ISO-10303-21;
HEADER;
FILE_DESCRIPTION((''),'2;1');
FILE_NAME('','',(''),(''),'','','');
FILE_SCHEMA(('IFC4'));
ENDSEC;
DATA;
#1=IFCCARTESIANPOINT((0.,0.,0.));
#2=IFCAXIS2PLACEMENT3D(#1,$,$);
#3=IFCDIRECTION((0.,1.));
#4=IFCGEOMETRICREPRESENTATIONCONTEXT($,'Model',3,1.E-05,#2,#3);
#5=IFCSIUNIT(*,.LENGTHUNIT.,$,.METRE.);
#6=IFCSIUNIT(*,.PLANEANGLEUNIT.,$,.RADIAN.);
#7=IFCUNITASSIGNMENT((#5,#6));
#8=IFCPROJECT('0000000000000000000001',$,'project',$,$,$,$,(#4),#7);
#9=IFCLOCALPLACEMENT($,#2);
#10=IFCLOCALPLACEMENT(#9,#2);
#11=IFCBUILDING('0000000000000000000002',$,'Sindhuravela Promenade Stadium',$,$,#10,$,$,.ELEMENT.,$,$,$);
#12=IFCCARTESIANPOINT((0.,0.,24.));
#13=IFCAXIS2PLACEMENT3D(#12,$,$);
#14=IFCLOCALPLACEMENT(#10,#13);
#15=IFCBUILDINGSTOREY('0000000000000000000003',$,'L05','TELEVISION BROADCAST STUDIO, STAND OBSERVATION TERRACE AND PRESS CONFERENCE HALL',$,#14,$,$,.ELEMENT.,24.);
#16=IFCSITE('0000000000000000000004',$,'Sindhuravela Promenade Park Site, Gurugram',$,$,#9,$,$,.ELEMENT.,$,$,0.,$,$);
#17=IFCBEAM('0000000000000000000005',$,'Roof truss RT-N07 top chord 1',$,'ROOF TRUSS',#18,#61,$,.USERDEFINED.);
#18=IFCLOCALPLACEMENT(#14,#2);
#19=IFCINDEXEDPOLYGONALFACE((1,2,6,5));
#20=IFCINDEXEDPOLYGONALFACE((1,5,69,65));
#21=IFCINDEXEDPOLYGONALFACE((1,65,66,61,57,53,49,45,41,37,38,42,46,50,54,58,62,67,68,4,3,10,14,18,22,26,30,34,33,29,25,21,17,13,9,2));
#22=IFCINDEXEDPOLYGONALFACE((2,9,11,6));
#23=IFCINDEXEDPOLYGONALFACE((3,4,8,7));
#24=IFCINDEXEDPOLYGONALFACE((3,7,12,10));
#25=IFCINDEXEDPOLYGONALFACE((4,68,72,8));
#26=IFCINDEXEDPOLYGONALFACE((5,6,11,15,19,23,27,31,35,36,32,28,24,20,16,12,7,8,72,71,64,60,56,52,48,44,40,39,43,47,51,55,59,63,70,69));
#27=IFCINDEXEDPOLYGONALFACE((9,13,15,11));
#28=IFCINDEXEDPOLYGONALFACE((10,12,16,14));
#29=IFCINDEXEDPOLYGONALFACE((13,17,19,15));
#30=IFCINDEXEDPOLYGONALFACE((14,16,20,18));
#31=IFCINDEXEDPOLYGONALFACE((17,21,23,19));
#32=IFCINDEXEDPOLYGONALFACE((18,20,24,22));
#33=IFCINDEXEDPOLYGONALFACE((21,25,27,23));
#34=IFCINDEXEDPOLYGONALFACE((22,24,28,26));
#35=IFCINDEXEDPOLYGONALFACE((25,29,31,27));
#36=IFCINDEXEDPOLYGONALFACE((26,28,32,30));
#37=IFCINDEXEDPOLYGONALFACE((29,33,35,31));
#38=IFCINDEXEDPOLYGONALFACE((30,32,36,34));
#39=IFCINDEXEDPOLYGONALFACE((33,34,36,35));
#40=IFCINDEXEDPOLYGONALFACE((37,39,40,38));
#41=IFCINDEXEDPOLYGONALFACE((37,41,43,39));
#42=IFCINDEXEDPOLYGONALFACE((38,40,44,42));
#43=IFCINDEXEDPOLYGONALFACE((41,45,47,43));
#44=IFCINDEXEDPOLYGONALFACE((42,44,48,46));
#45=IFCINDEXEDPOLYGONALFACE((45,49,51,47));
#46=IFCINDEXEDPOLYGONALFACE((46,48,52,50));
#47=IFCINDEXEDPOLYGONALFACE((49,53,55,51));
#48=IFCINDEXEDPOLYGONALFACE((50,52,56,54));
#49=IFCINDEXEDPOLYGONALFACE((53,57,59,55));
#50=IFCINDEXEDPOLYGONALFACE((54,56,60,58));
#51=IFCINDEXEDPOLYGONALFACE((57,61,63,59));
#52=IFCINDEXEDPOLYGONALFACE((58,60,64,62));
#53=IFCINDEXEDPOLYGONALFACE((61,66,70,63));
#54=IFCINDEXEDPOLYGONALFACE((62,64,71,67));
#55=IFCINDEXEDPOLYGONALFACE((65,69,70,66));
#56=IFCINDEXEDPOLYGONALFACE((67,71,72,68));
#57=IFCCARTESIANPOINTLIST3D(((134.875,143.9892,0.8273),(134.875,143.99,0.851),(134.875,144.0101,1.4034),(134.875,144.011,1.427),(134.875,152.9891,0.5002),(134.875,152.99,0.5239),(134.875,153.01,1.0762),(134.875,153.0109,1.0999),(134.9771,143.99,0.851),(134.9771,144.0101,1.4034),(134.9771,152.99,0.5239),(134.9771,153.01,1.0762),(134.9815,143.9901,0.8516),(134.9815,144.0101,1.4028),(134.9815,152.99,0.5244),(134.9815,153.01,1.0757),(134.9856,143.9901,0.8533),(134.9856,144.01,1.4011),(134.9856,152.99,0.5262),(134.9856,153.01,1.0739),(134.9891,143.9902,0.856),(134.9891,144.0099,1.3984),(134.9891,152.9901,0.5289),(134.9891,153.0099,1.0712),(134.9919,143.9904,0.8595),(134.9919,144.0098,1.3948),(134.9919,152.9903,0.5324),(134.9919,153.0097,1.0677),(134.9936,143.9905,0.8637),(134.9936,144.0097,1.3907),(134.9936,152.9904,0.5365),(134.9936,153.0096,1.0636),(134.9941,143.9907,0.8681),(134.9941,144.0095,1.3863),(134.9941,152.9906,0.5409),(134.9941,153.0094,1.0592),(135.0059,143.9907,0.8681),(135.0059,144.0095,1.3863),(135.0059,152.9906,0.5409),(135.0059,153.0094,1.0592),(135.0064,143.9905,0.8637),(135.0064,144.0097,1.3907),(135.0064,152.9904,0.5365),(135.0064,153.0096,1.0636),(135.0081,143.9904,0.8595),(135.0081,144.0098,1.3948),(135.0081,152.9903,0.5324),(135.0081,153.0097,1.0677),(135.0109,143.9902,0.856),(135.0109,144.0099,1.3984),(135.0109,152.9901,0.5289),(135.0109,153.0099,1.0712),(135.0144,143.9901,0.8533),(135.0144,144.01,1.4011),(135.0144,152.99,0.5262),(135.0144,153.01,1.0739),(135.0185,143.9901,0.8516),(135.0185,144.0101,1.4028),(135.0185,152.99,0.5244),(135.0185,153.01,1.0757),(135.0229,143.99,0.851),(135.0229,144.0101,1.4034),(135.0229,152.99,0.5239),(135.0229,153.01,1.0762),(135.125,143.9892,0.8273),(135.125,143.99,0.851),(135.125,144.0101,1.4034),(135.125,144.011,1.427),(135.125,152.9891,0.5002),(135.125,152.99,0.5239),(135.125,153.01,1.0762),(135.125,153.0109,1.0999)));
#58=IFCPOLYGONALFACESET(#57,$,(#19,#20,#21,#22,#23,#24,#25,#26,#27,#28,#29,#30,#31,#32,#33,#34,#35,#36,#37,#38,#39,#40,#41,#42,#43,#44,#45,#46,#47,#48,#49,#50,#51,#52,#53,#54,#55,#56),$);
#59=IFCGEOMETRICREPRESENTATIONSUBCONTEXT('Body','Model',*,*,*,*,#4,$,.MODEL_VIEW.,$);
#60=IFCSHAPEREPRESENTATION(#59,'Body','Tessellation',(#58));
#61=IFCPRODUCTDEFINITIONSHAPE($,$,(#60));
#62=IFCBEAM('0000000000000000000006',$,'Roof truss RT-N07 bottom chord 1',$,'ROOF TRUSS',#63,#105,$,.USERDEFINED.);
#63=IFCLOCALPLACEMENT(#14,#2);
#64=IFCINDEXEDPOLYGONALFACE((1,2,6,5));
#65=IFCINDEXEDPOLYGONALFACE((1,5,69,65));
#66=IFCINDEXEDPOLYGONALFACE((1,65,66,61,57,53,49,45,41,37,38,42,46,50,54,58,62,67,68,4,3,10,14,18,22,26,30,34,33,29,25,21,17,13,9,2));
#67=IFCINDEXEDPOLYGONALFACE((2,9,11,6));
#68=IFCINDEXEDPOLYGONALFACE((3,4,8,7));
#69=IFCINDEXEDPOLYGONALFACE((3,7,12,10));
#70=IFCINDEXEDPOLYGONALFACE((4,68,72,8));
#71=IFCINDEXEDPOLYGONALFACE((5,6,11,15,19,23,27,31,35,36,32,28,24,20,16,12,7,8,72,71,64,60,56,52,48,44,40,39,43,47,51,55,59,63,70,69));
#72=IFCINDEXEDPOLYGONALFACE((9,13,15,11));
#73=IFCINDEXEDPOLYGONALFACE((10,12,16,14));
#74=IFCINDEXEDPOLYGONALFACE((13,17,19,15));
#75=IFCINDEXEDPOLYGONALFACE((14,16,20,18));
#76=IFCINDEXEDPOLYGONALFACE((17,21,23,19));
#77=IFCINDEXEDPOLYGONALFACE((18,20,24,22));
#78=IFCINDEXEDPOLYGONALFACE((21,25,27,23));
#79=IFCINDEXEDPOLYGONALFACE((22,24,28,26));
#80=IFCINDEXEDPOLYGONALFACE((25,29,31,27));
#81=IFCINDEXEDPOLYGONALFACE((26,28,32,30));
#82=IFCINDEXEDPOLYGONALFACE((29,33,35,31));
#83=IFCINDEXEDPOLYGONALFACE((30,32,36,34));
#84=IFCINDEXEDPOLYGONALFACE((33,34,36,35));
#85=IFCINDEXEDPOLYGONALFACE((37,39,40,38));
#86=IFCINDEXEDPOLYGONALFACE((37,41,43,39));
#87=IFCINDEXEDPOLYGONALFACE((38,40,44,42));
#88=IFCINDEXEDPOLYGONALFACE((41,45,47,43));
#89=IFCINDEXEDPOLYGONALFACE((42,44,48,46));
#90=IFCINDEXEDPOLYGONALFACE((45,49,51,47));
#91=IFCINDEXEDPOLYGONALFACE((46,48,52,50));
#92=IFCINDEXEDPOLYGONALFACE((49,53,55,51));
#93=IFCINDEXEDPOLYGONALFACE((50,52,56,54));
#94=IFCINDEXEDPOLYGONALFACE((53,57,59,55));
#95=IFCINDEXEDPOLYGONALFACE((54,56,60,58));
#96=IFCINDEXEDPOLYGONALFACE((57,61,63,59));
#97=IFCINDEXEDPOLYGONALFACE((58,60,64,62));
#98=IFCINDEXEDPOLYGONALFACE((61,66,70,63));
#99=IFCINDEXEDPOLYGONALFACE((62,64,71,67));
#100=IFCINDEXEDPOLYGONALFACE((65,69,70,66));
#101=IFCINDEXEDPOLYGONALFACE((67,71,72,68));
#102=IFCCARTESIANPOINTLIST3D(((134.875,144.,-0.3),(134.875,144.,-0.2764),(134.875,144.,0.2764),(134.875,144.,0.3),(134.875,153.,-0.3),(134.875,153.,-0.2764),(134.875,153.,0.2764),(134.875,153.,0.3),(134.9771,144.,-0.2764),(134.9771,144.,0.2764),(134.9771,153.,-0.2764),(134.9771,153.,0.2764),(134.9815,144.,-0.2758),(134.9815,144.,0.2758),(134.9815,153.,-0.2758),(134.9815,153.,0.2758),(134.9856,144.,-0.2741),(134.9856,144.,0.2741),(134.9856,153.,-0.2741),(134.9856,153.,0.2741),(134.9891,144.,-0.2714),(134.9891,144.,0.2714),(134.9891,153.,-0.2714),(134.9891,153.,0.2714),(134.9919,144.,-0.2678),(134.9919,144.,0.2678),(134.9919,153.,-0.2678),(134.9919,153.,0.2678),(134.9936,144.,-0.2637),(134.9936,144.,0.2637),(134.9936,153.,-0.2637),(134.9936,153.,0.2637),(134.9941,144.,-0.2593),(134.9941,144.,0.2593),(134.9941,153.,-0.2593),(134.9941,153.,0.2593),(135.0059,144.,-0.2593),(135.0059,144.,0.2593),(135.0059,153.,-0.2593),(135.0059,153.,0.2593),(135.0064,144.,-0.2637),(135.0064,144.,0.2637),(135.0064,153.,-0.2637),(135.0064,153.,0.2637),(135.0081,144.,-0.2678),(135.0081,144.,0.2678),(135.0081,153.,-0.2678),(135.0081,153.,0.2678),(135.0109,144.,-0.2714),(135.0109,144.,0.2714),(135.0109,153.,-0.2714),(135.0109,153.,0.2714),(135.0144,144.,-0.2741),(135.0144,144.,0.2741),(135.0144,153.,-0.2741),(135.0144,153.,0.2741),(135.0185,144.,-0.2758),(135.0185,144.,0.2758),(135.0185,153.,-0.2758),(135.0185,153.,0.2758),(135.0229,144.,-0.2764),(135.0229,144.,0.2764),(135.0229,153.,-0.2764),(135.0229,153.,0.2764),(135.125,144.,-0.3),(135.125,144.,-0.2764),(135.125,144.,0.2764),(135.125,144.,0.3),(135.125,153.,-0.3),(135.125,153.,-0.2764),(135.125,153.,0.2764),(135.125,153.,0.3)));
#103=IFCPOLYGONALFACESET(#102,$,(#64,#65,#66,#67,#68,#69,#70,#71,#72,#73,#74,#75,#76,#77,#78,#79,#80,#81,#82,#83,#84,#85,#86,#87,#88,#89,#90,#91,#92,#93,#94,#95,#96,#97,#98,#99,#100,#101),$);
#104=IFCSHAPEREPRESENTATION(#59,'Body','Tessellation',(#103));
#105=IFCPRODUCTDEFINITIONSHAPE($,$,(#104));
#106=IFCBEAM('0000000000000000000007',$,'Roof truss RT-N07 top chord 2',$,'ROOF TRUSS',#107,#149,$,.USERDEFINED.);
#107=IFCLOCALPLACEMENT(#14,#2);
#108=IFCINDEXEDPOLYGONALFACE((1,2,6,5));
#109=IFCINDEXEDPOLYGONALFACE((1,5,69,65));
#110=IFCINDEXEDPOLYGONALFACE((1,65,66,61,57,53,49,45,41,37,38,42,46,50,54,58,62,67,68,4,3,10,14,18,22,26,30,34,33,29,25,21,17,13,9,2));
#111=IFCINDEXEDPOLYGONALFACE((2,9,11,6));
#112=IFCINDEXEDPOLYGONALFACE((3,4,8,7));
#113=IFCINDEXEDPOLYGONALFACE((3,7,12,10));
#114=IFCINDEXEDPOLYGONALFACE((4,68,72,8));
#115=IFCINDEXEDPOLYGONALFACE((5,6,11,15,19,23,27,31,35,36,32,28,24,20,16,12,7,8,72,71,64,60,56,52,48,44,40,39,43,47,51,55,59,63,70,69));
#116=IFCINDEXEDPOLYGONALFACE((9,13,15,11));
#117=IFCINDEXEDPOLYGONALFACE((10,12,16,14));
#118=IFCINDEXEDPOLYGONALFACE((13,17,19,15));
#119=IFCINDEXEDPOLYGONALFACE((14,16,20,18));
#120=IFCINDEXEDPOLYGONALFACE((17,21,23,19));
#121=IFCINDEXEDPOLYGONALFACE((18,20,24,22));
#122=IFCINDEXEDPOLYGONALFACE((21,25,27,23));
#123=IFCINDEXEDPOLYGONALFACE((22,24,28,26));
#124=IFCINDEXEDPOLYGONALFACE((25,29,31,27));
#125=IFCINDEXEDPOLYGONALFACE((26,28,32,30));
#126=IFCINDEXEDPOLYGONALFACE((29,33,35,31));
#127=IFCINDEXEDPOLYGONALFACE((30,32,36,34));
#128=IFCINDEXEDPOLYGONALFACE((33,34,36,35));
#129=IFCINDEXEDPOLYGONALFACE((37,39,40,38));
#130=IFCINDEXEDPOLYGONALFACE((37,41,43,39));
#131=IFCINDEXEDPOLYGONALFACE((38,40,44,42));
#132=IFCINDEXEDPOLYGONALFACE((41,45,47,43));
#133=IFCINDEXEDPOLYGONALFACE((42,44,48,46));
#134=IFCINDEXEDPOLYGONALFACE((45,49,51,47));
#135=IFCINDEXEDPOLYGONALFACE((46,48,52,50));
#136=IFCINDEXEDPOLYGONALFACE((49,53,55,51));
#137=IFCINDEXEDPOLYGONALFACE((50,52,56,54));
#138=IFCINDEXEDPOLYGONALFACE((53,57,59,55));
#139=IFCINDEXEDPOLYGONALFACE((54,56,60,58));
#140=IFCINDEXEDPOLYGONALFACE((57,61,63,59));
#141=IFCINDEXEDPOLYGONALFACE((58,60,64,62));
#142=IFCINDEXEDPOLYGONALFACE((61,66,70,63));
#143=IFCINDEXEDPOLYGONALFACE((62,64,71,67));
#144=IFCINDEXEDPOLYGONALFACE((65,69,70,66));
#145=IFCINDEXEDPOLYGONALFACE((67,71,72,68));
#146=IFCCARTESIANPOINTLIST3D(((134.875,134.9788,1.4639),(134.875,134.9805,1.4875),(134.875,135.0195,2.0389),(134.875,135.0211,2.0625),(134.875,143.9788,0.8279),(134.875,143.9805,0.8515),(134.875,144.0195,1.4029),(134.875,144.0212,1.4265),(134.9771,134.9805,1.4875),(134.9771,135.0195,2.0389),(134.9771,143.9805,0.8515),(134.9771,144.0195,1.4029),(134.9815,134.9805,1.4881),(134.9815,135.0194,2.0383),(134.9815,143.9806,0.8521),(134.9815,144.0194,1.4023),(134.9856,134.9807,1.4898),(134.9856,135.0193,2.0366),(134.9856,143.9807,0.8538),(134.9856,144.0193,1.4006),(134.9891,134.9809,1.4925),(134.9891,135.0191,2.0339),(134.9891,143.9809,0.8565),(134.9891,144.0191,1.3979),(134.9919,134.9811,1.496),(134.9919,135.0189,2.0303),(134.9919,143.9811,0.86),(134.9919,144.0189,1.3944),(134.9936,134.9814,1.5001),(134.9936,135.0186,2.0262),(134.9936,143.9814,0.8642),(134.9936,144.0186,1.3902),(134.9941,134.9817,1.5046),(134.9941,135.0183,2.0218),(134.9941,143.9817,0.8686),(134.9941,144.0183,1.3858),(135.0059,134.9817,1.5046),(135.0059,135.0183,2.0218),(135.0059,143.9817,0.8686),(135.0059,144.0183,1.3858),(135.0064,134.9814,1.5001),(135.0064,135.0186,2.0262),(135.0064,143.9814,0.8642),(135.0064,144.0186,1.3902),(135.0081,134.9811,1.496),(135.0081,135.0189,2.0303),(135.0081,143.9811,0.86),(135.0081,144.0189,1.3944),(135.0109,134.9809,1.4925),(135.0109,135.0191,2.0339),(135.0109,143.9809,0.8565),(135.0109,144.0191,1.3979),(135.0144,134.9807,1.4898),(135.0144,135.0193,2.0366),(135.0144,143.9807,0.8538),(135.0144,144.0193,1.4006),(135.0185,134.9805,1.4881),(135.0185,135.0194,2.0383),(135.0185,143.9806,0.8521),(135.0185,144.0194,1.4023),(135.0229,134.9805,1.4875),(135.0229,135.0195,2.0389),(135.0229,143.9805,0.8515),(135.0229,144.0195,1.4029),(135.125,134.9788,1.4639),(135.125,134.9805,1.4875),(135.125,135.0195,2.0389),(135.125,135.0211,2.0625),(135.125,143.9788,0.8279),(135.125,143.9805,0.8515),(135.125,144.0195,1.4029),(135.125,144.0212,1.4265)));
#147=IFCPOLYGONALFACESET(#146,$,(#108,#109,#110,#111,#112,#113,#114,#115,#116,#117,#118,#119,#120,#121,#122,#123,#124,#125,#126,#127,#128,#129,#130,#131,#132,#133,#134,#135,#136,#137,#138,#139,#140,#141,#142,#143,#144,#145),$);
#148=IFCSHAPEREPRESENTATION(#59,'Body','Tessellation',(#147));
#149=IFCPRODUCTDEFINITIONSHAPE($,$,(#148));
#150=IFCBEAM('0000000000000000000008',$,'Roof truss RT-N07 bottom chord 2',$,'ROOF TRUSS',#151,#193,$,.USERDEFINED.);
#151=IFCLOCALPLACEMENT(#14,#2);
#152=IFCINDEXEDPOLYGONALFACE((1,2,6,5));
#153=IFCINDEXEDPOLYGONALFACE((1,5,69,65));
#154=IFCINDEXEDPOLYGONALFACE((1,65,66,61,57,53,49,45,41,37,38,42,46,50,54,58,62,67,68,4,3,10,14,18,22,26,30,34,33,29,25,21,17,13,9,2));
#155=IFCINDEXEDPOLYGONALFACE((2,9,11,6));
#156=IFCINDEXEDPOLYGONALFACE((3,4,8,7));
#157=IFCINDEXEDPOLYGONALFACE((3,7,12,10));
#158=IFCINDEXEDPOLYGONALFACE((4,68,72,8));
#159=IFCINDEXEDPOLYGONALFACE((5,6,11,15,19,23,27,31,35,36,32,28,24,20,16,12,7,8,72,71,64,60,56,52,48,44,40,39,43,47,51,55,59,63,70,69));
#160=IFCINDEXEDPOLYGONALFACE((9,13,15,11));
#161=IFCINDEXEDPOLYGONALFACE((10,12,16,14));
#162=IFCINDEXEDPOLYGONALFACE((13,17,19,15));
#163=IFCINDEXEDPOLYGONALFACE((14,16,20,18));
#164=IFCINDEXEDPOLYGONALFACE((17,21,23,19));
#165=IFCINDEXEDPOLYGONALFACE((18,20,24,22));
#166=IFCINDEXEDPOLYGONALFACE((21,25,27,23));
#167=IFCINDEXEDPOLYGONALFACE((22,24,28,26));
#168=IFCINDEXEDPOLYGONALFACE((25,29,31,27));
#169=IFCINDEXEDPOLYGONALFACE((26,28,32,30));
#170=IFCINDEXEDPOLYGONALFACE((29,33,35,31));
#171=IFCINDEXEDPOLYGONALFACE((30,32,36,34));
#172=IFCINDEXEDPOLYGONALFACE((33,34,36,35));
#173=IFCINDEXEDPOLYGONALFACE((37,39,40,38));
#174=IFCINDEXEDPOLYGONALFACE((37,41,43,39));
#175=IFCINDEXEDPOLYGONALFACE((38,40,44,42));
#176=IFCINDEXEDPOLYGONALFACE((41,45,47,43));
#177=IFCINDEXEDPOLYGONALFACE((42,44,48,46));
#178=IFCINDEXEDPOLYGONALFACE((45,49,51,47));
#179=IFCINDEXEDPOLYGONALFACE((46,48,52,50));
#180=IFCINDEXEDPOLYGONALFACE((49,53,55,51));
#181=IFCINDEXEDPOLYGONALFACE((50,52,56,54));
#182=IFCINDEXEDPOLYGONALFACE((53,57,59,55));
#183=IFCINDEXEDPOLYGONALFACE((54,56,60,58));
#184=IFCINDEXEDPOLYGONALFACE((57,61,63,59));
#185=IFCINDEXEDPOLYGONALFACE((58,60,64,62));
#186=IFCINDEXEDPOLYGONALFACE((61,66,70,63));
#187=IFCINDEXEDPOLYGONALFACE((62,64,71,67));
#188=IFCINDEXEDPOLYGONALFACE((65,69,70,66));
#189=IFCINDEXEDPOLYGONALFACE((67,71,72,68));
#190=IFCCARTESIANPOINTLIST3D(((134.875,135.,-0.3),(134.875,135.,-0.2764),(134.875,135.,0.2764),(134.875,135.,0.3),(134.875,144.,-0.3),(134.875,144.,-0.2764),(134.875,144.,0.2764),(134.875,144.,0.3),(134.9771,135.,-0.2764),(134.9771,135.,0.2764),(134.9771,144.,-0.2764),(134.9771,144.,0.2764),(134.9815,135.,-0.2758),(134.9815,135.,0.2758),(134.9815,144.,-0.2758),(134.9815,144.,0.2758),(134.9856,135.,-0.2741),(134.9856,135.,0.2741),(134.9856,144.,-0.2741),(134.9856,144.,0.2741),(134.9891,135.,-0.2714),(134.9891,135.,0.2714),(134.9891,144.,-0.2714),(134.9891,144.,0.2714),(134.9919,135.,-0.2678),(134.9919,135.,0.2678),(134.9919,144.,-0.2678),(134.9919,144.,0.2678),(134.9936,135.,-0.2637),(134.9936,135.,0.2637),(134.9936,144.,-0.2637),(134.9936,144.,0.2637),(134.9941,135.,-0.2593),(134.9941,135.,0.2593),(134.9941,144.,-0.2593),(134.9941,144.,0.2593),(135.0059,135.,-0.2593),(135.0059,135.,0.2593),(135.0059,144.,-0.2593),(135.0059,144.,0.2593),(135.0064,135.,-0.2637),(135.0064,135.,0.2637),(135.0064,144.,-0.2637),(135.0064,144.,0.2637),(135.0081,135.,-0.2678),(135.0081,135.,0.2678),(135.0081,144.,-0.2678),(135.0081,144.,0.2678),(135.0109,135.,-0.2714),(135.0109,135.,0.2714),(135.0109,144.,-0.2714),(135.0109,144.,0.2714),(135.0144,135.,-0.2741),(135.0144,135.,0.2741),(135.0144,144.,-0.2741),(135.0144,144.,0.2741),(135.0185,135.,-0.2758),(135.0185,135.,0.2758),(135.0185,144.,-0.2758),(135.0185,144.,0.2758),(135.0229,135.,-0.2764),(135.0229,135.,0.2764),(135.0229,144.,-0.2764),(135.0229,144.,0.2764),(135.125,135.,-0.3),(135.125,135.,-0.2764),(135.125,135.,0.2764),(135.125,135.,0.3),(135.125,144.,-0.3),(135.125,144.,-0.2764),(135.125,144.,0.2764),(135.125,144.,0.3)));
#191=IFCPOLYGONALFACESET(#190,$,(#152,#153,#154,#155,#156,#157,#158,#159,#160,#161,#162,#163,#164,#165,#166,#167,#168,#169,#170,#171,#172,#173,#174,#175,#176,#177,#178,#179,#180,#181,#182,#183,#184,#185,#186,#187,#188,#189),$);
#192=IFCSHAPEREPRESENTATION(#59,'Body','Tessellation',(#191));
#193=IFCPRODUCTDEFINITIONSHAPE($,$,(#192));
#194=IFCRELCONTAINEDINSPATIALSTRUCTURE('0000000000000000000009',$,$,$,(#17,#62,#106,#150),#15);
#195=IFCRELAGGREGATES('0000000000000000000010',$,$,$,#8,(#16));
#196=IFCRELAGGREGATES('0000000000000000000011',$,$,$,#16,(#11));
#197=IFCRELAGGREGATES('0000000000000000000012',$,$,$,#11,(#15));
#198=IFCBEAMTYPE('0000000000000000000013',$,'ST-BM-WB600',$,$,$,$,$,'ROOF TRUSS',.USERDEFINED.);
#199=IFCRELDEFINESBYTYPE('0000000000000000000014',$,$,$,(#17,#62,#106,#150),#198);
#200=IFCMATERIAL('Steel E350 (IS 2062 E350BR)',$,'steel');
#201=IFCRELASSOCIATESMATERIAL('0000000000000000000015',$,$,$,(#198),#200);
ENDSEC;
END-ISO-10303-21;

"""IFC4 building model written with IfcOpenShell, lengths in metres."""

from ifc_helpers import new_model, si_unit, direction, frame, origin, origin_2d, place, context, subcontext, project, spatial, i_section, extrude, material, material_profile, profile_set, type_object, element, save


model = new_model("IFC4")

# Units and contexts
model_context = context("Model", 3, precision=1e-05, world=origin(), true_north=direction((0.0, 1.0)))
body_context = subcontext(model_context, "Body", "Model", "MODEL_VIEW")
ifc_project = project(units=[si_unit("LENGTHUNIT", "METRE"), si_unit("PLANEANGLEUNIT", "RADIAN")], contexts=[model_context])

# Site, building, storey
site_placement = place(None, origin())
site = spatial("IfcSite", under=ifc_project, at=site_placement, Name="Sindhuravela Promenade Park Site, Gurugram", CompositionType="ELEMENT", RefElevation=0.0)
building_placement = place(site_placement, origin())
building = spatial("IfcBuilding", under=site, at=building_placement, Name="Sindhuravela Promenade Stadium", CompositionType="ELEMENT")
storey_placement = place(building_placement, frame((0.0, 0.0, 24.0)))
storey = spatial("IfcBuildingStorey", under=building, at=storey_placement, Name="L05", Description="TELEVISION BROADCAST STUDIO, STAND OBSERVATION TERRACE AND PRESS CONFERENCE HALL", CompositionType="ELEMENT", Elevation=24.0)

# Beams
ifc_material_1 = material(Name="Steel E350 (IS 2062 E350BR)", Category="steel")
ifc_material_profile_1 = material_profile(ifc_material_1, i_section(OverallWidth=0.25, OverallDepth=0.6001, WebThickness=0.0117, FlangeThickness=0.0237, FilletRadius=0.0171, at=origin_2d()), Name="ISWB 600")
ifc_profile_set_1 = profile_set([ifc_material_profile_1], Name="Steel E350 (IS 2062 E350BR)")
beam_type = type_object("IfcBeamType", Name="ST-BM-WB600", ElementType="ROOF TRUSS", PredefinedType="USERDEFINED", material=ifc_profile_set_1)
beam_1_placement = place(storey_placement, frame((135.0, 153.0, 0.8), z_axis=(0.0, -0.99934, 0.036326), x_axis=(1.0, 0.0, 0.0)))
element("IfcBeam", 1, at=beam_1_placement, inside=storey, type_object=beam_type, Name="Roof truss RT-N07 top chord 1", ObjectType="ROOF TRUSS", PredefinedType="USERDEFINED", context=body_context, shape_type="SweptSolid", body=[
    extrude(i_section(OverallWidth=0.25, OverallDepth=0.6001, WebThickness=0.0117, FlangeThickness=0.0237, FilletRadius=0.0171, at=origin_2d()), origin(), (0.0, 0.0, 1.0), 9.0059),
])
beam_2_placement = place(storey_placement, frame((135.0, 153.0, 0.0), z_axis=(0.0, -1.0, 0.0), x_axis=(1.0, 0.0, 0.0)))
element("IfcBeam", 2, at=beam_2_placement, inside=storey, type_object=beam_type, Name="Roof truss RT-N07 bottom chord 1", ObjectType="ROOF TRUSS", PredefinedType="USERDEFINED", context=body_context, shape_type="SweptSolid", body=[
    extrude(i_section(OverallWidth=0.25, OverallDepth=0.6001, WebThickness=0.0117, FlangeThickness=0.0237, FilletRadius=0.0171, at=origin_2d()), origin(), (0.0, 0.0, 1.0), 9.0),
])
beam_3_placement = place(storey_placement, frame((135.0, 144.0, 1.1272), z_axis=(0.0, -0.997513, 0.070489), x_axis=(1.0, 0.0, 0.0)))
element("IfcBeam", 3, at=beam_3_placement, inside=storey, type_object=beam_type, Name="Roof truss RT-N07 top chord 2", ObjectType="ROOF TRUSS", PredefinedType="USERDEFINED", context=body_context, shape_type="SweptSolid", body=[
    extrude(i_section(OverallWidth=0.25, OverallDepth=0.6001, WebThickness=0.0117, FlangeThickness=0.0237, FilletRadius=0.0171, at=origin_2d()), origin(), (0.0, 0.0, 1.0), 9.0225),
])
beam_4_placement = place(storey_placement, frame((135.0, 144.0, 0.0), z_axis=(0.0, -1.0, 0.0), x_axis=(1.0, 0.0, 0.0)))
element("IfcBeam", 4, at=beam_4_placement, inside=storey, type_object=beam_type, Name="Roof truss RT-N07 bottom chord 2", ObjectType="ROOF TRUSS", PredefinedType="USERDEFINED", context=body_context, shape_type="SweptSolid", body=[
    extrude(i_section(OverallWidth=0.25, OverallDepth=0.6001, WebThickness=0.0117, FlangeThickness=0.0237, FilletRadius=0.0171, at=origin_2d()), origin(), (0.0, 0.0, 1.0), 9.0),
])

save(model, "model.ifc")
